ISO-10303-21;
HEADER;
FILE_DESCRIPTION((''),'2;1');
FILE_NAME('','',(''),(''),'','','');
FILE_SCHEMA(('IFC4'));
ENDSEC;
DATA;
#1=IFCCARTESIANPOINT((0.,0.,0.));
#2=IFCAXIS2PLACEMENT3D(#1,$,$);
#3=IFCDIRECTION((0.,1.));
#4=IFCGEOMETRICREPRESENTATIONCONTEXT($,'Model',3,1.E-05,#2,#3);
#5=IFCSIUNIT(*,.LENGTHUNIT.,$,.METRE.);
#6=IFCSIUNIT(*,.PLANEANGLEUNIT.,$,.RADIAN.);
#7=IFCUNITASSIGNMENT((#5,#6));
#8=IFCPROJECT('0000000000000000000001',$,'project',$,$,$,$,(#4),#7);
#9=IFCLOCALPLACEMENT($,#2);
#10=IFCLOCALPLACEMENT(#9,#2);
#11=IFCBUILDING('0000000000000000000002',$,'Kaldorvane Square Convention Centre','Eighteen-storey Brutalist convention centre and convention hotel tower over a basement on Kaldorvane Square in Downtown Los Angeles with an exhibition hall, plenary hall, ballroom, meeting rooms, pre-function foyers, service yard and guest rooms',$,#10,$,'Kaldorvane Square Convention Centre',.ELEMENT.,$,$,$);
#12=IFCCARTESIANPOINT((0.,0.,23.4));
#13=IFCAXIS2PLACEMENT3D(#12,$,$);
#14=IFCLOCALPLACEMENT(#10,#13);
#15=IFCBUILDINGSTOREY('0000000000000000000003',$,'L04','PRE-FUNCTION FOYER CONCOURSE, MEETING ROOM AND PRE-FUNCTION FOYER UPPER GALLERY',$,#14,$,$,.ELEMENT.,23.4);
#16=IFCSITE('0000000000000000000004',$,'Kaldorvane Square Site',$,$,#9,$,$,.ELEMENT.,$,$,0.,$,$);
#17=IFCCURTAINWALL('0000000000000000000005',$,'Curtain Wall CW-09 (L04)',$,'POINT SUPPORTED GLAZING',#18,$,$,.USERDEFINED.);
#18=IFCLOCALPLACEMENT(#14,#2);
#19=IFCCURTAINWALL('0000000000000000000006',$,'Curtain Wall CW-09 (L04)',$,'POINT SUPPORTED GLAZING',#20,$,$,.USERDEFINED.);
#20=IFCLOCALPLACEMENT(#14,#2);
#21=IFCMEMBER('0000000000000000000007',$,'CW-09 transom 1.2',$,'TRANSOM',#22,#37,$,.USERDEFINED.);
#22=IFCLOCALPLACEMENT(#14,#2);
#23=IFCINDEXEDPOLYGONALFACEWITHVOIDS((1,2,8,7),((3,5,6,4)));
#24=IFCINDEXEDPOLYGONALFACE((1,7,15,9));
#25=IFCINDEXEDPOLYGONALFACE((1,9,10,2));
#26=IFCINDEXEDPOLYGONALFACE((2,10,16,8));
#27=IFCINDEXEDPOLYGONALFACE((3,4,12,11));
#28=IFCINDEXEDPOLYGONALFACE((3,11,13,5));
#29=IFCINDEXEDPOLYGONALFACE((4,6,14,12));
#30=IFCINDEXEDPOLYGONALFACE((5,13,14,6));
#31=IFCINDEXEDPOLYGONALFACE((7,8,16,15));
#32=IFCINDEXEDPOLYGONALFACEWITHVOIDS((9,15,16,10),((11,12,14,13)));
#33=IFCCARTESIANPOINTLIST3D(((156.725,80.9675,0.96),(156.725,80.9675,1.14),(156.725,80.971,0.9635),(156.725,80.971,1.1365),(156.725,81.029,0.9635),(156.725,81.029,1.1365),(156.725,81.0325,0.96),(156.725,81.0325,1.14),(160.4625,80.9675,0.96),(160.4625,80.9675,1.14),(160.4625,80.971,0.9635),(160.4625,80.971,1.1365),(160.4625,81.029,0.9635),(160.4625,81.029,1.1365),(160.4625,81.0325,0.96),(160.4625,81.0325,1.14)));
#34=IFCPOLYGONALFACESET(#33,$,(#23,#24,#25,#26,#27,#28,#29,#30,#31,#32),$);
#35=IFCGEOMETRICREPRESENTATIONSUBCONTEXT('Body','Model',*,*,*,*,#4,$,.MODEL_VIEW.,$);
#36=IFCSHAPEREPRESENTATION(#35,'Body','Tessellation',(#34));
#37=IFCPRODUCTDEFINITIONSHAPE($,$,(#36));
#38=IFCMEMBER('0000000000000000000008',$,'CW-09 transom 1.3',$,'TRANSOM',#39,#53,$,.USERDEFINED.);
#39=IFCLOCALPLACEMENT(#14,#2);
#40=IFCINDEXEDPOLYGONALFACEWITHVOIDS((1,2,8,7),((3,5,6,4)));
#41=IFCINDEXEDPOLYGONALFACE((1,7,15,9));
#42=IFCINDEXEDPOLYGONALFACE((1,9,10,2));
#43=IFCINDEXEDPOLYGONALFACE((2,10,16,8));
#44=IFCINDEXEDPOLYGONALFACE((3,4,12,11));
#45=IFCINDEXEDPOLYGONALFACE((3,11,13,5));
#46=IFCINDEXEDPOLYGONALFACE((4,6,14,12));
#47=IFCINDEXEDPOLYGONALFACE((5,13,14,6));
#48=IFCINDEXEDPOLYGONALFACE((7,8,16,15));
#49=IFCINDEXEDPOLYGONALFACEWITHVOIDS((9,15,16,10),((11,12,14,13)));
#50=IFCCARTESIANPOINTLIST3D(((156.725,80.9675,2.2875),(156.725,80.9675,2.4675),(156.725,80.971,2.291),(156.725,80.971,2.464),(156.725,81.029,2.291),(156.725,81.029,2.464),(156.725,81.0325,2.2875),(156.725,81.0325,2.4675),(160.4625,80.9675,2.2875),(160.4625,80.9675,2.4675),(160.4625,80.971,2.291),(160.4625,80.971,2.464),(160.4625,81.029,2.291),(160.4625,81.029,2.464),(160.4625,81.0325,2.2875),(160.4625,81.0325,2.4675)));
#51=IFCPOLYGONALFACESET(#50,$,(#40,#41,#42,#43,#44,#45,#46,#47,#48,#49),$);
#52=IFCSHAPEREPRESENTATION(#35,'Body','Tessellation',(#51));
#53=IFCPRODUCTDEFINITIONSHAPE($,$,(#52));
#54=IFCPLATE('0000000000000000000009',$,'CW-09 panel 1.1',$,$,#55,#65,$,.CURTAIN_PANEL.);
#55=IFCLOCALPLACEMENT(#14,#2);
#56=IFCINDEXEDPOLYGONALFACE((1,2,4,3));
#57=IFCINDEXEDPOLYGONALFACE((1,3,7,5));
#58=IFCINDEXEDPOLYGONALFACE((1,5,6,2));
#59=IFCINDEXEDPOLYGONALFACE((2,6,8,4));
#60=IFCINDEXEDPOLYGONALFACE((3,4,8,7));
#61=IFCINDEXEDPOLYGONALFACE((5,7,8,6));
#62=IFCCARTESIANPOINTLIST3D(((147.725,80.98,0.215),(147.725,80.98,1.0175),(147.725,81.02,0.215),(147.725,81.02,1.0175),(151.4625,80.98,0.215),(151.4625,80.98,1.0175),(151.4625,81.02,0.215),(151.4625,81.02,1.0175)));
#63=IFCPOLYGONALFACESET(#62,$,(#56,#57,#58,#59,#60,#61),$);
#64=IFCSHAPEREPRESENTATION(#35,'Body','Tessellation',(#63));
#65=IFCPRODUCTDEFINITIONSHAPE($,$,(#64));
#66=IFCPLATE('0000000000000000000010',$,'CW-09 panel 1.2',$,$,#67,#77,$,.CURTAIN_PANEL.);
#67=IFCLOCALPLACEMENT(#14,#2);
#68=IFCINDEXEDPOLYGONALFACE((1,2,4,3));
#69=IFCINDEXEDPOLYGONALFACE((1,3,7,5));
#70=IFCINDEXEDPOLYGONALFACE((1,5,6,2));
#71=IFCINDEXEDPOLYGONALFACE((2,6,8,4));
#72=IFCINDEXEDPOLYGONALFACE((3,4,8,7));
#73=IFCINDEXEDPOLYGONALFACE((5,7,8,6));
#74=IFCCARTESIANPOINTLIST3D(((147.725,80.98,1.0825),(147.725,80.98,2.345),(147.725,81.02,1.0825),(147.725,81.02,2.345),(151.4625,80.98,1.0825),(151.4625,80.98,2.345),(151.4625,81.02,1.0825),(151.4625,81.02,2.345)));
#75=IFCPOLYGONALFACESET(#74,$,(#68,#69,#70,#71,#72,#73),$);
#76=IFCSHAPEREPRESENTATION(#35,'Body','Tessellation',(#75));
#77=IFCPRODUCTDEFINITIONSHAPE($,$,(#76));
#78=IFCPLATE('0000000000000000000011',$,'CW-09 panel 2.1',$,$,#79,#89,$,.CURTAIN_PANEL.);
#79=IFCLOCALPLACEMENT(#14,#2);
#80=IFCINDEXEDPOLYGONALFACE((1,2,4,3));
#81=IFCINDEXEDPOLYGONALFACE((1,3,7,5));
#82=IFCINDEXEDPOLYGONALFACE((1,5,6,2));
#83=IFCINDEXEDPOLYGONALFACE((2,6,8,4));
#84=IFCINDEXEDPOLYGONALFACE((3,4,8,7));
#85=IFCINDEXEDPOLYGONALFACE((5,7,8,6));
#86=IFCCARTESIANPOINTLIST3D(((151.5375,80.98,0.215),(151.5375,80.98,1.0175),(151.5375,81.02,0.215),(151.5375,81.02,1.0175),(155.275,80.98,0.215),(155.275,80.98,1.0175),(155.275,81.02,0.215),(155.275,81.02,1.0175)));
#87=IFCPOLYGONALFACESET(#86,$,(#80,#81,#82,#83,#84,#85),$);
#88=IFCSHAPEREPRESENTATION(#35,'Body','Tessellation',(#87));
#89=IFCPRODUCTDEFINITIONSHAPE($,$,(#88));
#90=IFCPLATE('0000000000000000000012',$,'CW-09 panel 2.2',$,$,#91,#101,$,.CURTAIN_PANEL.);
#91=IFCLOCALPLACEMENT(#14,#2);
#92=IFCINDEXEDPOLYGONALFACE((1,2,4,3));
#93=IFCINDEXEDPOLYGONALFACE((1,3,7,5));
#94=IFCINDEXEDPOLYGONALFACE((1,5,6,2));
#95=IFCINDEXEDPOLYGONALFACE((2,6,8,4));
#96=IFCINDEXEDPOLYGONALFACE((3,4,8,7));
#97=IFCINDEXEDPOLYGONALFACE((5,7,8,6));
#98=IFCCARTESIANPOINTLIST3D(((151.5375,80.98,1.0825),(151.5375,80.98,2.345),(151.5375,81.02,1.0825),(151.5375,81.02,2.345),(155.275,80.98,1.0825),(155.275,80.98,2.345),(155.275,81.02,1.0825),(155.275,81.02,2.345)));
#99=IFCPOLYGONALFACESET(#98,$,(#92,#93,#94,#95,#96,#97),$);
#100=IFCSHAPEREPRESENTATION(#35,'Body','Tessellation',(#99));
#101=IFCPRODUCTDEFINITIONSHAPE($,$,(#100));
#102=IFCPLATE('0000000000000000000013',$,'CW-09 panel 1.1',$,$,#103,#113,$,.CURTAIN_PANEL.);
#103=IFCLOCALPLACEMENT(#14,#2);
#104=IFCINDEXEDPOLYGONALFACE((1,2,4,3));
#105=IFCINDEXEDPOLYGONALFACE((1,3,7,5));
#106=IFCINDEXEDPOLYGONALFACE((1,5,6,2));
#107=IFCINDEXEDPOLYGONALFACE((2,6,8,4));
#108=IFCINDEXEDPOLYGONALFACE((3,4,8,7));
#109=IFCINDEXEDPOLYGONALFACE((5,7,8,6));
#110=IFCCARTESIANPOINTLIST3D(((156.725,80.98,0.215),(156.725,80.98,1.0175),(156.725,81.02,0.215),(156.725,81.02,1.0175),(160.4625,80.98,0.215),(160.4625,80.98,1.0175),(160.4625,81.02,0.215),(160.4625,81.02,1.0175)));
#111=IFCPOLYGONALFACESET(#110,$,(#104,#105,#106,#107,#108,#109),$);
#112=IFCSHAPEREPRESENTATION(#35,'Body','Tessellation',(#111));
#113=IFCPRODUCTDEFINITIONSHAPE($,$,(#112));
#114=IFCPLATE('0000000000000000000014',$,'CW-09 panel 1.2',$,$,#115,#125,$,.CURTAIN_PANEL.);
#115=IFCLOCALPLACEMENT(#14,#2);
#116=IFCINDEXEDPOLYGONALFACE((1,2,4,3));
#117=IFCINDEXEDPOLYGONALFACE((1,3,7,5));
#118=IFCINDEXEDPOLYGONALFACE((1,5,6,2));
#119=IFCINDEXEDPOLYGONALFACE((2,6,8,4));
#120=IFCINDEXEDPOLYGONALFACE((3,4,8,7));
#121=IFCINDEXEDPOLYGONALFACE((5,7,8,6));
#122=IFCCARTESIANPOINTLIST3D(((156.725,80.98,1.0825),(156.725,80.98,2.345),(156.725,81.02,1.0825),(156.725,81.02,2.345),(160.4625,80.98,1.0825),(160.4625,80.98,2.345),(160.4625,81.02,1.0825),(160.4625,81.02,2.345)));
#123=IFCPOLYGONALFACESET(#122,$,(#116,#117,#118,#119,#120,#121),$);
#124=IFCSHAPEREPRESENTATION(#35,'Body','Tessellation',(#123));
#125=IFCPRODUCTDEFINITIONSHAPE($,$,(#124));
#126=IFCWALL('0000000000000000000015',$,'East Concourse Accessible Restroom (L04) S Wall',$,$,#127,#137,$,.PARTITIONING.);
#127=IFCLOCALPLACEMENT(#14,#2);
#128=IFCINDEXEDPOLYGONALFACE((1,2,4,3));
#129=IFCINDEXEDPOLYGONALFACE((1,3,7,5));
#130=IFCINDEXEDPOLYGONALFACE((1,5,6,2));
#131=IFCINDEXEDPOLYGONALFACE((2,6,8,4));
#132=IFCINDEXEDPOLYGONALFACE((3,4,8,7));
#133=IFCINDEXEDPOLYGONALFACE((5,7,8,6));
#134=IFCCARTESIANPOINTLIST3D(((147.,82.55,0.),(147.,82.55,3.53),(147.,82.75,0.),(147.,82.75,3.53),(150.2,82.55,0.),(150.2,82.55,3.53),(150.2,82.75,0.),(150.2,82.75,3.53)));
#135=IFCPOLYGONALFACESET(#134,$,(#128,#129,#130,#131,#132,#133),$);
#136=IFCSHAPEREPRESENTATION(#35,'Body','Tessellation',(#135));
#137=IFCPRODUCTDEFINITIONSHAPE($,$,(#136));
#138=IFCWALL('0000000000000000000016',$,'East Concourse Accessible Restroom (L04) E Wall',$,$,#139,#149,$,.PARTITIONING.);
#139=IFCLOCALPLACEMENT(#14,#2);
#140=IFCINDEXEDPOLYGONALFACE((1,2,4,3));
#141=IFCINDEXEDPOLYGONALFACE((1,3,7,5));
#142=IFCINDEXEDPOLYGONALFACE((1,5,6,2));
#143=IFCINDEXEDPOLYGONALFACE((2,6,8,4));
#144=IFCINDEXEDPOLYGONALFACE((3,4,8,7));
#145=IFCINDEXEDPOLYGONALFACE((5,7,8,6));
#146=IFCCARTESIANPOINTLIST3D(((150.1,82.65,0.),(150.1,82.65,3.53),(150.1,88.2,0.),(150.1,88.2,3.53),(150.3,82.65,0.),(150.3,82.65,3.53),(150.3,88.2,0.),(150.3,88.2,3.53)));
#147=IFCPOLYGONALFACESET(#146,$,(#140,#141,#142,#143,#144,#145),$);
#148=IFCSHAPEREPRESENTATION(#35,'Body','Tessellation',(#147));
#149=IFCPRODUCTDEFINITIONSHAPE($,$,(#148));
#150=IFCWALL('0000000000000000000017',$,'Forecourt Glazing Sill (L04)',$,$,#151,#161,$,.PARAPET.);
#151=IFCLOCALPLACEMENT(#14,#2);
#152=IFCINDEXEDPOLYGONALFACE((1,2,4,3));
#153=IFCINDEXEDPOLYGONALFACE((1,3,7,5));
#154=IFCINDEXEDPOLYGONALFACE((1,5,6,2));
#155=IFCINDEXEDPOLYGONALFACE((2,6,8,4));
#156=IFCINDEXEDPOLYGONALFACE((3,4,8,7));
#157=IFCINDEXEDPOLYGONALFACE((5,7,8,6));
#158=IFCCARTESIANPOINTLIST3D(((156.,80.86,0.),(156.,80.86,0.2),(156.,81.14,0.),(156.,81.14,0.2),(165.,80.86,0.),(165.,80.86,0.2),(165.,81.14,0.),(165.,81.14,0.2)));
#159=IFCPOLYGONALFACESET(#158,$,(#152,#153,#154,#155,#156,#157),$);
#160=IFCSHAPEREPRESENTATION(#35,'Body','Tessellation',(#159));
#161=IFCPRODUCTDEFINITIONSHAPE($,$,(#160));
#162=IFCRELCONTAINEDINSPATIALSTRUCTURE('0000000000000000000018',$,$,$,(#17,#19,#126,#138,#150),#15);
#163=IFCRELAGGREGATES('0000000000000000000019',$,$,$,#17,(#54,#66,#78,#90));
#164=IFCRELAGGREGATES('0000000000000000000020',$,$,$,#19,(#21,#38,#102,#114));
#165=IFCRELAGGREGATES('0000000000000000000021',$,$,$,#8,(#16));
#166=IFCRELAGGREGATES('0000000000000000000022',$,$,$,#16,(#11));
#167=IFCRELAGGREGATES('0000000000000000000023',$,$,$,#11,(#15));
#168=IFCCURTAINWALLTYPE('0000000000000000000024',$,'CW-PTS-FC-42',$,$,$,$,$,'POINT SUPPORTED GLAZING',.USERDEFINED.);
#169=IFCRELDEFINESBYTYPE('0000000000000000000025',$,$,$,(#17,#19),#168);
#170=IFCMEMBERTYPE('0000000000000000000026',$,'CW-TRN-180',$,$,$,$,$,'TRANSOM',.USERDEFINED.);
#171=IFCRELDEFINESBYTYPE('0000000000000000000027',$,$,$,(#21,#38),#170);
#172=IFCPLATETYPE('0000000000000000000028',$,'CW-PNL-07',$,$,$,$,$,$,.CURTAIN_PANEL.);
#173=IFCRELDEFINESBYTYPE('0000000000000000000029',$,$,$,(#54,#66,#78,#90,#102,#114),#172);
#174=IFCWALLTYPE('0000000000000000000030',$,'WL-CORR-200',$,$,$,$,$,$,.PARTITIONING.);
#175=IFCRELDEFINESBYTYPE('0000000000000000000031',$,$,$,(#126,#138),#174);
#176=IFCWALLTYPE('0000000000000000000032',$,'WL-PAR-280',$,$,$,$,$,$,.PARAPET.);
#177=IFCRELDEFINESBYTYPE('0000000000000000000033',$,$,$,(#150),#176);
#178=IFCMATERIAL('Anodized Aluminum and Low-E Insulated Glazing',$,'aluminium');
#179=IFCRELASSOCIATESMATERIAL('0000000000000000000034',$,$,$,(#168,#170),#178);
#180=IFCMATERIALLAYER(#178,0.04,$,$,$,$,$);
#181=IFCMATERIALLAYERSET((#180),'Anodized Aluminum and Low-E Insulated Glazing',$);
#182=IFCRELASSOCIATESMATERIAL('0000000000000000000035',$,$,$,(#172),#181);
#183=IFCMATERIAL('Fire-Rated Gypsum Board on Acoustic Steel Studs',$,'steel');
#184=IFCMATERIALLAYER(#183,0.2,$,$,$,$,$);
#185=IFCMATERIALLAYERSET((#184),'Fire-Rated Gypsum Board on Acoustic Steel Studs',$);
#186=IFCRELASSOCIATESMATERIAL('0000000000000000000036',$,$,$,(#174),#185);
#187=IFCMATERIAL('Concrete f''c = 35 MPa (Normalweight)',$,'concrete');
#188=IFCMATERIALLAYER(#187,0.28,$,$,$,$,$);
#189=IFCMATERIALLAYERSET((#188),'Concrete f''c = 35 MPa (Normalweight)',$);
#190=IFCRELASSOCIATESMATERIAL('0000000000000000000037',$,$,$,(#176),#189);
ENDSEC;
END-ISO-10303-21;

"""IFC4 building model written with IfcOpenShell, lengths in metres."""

from ifc_helpers import new_model, si_unit, direction, frame, frame_2d, origin, origin_2d, place, context, subcontext, project, spatial, rectangle, hollow_rectangle, extrude, material, layer, layer_set, material_profile, profile_set, type_object, element, aggregate, save


model = new_model("IFC4")

# Units and contexts
model_context = context("Model", 3, precision=1e-05, world=origin(), true_north=direction((0.0, 1.0)))
body_context = subcontext(model_context, "Body", "Model", "MODEL_VIEW")
ifc_project = project(units=[si_unit("LENGTHUNIT", "METRE"), si_unit("PLANEANGLEUNIT", "RADIAN")], contexts=[model_context])

# Site, building, storey
site_placement = place(None, origin())
site = spatial("IfcSite", under=ifc_project, at=site_placement, Name="Kaldorvane Square Site", CompositionType="ELEMENT", RefElevation=0.0)
building_placement = place(site_placement, origin())
building = spatial("IfcBuilding", under=site, at=building_placement, Name="Kaldorvane Square Convention Centre", Description="Eighteen-storey Brutalist convention centre and convention hotel tower over a basement on Kaldorvane Square in Downtown Los Angeles with an exhibition hall, plenary hall, ballroom, meeting rooms, pre-function foyers, service yard and guest rooms", LongName="Kaldorvane Square Convention Centre", CompositionType="ELEMENT")
storey_placement = place(building_placement, frame((0.0, 0.0, 23.4)))
storey = spatial("IfcBuildingStorey", under=building, at=storey_placement, Name="L04", Description="PRE-FUNCTION FOYER CONCOURSE, MEETING ROOM AND PRE-FUNCTION FOYER UPPER GALLERY", CompositionType="ELEMENT", Elevation=23.4)

# Curtain wall
ifc_material_1 = material(Name="Anodized Aluminum and Low-E Insulated Glazing", Category="aluminium")
curtain_wall_type = type_object("IfcCurtainWallType", Name="CW-PTS-FC-42", ElementType="POINT SUPPORTED GLAZING", PredefinedType="USERDEFINED", material=ifc_material_1)
curtain_wall_1_placement = place(storey_placement, origin())
curtain_wall_1 = element("IfcCurtainWall", 1, at=curtain_wall_1_placement, inside=storey, type_object=curtain_wall_type, Name="Curtain Wall CW-09 (L04)", ObjectType="POINT SUPPORTED GLAZING", PredefinedType="USERDEFINED")

# Curtain wall
curtain_wall_2_placement = place(storey_placement, origin())
curtain_wall_2 = element("IfcCurtainWall", 2, at=curtain_wall_2_placement, inside=storey, type_object=curtain_wall_type, Name="Curtain Wall CW-09 (L04)", ObjectType="POINT SUPPORTED GLAZING", PredefinedType="USERDEFINED")

# Members
ifc_material_profile_1 = material_profile(ifc_material_1, hollow_rectangle(XDim=0.065, YDim=0.18, WallThickness=0.0035, at=origin_2d()), Name="CWT-180X65")
ifc_profile_set_1 = profile_set([ifc_material_profile_1], Name="Anodized Aluminum and Low-E Insulated Glazing")
member_type_1 = type_object("IfcMemberType", Name="CW-TRN-180", ElementType="TRANSOM", PredefinedType="USERDEFINED", material=ifc_profile_set_1)
member_1_placement = place(storey_placement, frame((156.725, 81.0, 1.05), z_axis=(1.0, 0.0, 0.0), x_axis=(0.0, 1.0, 0.0)))
member_1 = element("IfcMember", 3, at=member_1_placement, type_object=member_type_1, Name="CW-09 transom 1.2", ObjectType="TRANSOM", PredefinedType="USERDEFINED", context=body_context, shape_type="SweptSolid", body=[
    extrude(hollow_rectangle(XDim=0.065, YDim=0.18, WallThickness=0.0035, at=origin_2d()), origin(), (0.0, 0.0, 1.0), 3.7375),
])
member_2_placement = place(storey_placement, frame((156.725, 81.0, 2.3775), z_axis=(1.0, 0.0, 0.0), x_axis=(0.0, 1.0, 0.0)))
member_2 = element("IfcMember", 4, at=member_2_placement, type_object=member_type_1, Name="CW-09 transom 1.3", ObjectType="TRANSOM", PredefinedType="USERDEFINED", context=body_context, shape_type="SweptSolid", body=[
    extrude(hollow_rectangle(XDim=0.065, YDim=0.18, WallThickness=0.0035, at=origin_2d()), origin(), (0.0, 0.0, 1.0), 3.7375),
])

# Plates
ifc_layer_1 = layer(ifc_material_1, 0.04)
ifc_layer_set_1 = layer_set([ifc_layer_1], Name="Anodized Aluminum and Low-E Insulated Glazing")
plate_type = type_object("IfcPlateType", Name="CW-PNL-07", PredefinedType="CURTAIN_PANEL", material=ifc_layer_set_1)
plate_1_placement = place(storey_placement, frame((149.5938, 81.0, 0.215), z_axis=(0.0, 0.0, 1.0), x_axis=(1.0, 0.0, 0.0)))
plate_1 = element("IfcPlate", 5, at=plate_1_placement, type_object=plate_type, Name="CW-09 panel 1.1", PredefinedType="CURTAIN_PANEL", context=body_context, shape_type="SweptSolid", body=[
    extrude(rectangle(XDim=3.7375, YDim=0.04, at=origin_2d()), origin(), (0.0, 0.0, 1.0), 0.8025),
])
plate_2_placement = place(storey_placement, frame((149.5938, 81.0, 1.0825), z_axis=(0.0, 0.0, 1.0), x_axis=(1.0, 0.0, 0.0)))
plate_2 = element("IfcPlate", 6, at=plate_2_placement, type_object=plate_type, Name="CW-09 panel 1.2", PredefinedType="CURTAIN_PANEL", context=body_context, shape_type="SweptSolid", body=[
    extrude(rectangle(XDim=3.7375, YDim=0.04, at=origin_2d()), origin(), (0.0, 0.0, 1.0), 1.2625),
])
plate_3_placement = place(storey_placement, frame((153.4062, 81.0, 0.215), z_axis=(0.0, 0.0, 1.0), x_axis=(1.0, 0.0, 0.0)))
plate_3 = element("IfcPlate", 7, at=plate_3_placement, type_object=plate_type, Name="CW-09 panel 2.1", PredefinedType="CURTAIN_PANEL", context=body_context, shape_type="SweptSolid", body=[
    extrude(rectangle(XDim=3.7375, YDim=0.04, at=origin_2d()), origin(), (0.0, 0.0, 1.0), 0.8025),
])
plate_4_placement = place(storey_placement, frame((153.4062, 81.0, 1.0825), z_axis=(0.0, 0.0, 1.0), x_axis=(1.0, 0.0, 0.0)))
plate_4 = element("IfcPlate", 8, at=plate_4_placement, type_object=plate_type, Name="CW-09 panel 2.2", PredefinedType="CURTAIN_PANEL", context=body_context, shape_type="SweptSolid", body=[
    extrude(rectangle(XDim=3.7375, YDim=0.04, at=origin_2d()), origin(), (0.0, 0.0, 1.0), 1.2625),
])
aggregate(curtain_wall_1, [plate_1, plate_2, plate_3, plate_4])
plate_5_placement = place(storey_placement, frame((158.5938, 81.0, 0.215), z_axis=(0.0, 0.0, 1.0), x_axis=(1.0, 0.0, 0.0)))
plate_5 = element("IfcPlate", 9, at=plate_5_placement, type_object=plate_type, Name="CW-09 panel 1.1", PredefinedType="CURTAIN_PANEL", context=body_context, shape_type="SweptSolid", body=[
    extrude(rectangle(XDim=3.7375, YDim=0.04, at=origin_2d()), origin(), (0.0, 0.0, 1.0), 0.8025),
])
plate_6_placement = place(storey_placement, frame((158.5938, 81.0, 1.0825), z_axis=(0.0, 0.0, 1.0), x_axis=(1.0, 0.0, 0.0)))
plate_6 = element("IfcPlate", 10, at=plate_6_placement, type_object=plate_type, Name="CW-09 panel 1.2", PredefinedType="CURTAIN_PANEL", context=body_context, shape_type="SweptSolid", body=[
    extrude(rectangle(XDim=3.7375, YDim=0.04, at=origin_2d()), origin(), (0.0, 0.0, 1.0), 1.2625),
])
aggregate(curtain_wall_2, [member_1, member_2, plate_5, plate_6])

# Walls
ifc_material_2 = material(Name="Fire-Rated Gypsum Board on Acoustic Steel Studs", Category="steel")
ifc_layer_2 = layer(ifc_material_2, 0.2)
ifc_layer_set_2 = layer_set([ifc_layer_2], Name="Fire-Rated Gypsum Board on Acoustic Steel Studs")
wall_type_1 = type_object("IfcWallType", Name="WL-CORR-200", PredefinedType="PARTITIONING", material=ifc_layer_set_2)
wall_1_placement = place(storey_placement, frame((147.0, 82.65, 0.0), z_axis=(0.0, 0.0, 1.0), x_axis=(1.0, 0.0, 0.0)))
element("IfcWall", 11, at=wall_1_placement, inside=storey, type_object=wall_type_1, Name="East Concourse Accessible Restroom (L04) S Wall", PredefinedType="PARTITIONING", context=body_context, shape_type="SweptSolid", body=[
    extrude(rectangle(XDim=3.2, YDim=0.2, at=frame_2d((1.6, 0.0))), origin(), (0.0, 0.0, 1.0), 3.53),
])
wall_2_placement = place(storey_placement, frame((150.2, 82.65, 0.0), z_axis=(0.0, 0.0, 1.0), x_axis=(0.0, 1.0, 0.0)))
element("IfcWall", 12, at=wall_2_placement, inside=storey, type_object=wall_type_1, Name="East Concourse Accessible Restroom (L04) E Wall", PredefinedType="PARTITIONING", context=body_context, shape_type="SweptSolid", body=[
    extrude(rectangle(XDim=5.55, YDim=0.2, at=frame_2d((2.775, 0.0))), origin(), (0.0, 0.0, 1.0), 3.53),
])
ifc_material_3 = material(Name="Concrete f'c = 35 MPa (Normalweight)", Category="concrete")
ifc_layer_3 = layer(ifc_material_3, 0.28)
ifc_layer_set_3 = layer_set([ifc_layer_3], Name="Concrete f'c = 35 MPa (Normalweight)")
wall_type_2 = type_object("IfcWallType", Name="WL-PAR-280", PredefinedType="PARAPET", material=ifc_layer_set_3)
wall_3_placement = place(storey_placement, frame((156.0, 81.0, 0.0), z_axis=(0.0, 0.0, 1.0), x_axis=(1.0, 0.0, 0.0)))
element("IfcWall", 13, at=wall_3_placement, inside=storey, type_object=wall_type_2, Name="Forecourt Glazing Sill (L04)", PredefinedType="PARAPET", context=body_context, shape_type="SweptSolid", body=[
    extrude(rectangle(XDim=9.0, YDim=0.28, at=frame_2d((4.5, 0.0))), origin(), (0.0, 0.0, 1.0), 0.2),
])

save(model, "model.ifc")
